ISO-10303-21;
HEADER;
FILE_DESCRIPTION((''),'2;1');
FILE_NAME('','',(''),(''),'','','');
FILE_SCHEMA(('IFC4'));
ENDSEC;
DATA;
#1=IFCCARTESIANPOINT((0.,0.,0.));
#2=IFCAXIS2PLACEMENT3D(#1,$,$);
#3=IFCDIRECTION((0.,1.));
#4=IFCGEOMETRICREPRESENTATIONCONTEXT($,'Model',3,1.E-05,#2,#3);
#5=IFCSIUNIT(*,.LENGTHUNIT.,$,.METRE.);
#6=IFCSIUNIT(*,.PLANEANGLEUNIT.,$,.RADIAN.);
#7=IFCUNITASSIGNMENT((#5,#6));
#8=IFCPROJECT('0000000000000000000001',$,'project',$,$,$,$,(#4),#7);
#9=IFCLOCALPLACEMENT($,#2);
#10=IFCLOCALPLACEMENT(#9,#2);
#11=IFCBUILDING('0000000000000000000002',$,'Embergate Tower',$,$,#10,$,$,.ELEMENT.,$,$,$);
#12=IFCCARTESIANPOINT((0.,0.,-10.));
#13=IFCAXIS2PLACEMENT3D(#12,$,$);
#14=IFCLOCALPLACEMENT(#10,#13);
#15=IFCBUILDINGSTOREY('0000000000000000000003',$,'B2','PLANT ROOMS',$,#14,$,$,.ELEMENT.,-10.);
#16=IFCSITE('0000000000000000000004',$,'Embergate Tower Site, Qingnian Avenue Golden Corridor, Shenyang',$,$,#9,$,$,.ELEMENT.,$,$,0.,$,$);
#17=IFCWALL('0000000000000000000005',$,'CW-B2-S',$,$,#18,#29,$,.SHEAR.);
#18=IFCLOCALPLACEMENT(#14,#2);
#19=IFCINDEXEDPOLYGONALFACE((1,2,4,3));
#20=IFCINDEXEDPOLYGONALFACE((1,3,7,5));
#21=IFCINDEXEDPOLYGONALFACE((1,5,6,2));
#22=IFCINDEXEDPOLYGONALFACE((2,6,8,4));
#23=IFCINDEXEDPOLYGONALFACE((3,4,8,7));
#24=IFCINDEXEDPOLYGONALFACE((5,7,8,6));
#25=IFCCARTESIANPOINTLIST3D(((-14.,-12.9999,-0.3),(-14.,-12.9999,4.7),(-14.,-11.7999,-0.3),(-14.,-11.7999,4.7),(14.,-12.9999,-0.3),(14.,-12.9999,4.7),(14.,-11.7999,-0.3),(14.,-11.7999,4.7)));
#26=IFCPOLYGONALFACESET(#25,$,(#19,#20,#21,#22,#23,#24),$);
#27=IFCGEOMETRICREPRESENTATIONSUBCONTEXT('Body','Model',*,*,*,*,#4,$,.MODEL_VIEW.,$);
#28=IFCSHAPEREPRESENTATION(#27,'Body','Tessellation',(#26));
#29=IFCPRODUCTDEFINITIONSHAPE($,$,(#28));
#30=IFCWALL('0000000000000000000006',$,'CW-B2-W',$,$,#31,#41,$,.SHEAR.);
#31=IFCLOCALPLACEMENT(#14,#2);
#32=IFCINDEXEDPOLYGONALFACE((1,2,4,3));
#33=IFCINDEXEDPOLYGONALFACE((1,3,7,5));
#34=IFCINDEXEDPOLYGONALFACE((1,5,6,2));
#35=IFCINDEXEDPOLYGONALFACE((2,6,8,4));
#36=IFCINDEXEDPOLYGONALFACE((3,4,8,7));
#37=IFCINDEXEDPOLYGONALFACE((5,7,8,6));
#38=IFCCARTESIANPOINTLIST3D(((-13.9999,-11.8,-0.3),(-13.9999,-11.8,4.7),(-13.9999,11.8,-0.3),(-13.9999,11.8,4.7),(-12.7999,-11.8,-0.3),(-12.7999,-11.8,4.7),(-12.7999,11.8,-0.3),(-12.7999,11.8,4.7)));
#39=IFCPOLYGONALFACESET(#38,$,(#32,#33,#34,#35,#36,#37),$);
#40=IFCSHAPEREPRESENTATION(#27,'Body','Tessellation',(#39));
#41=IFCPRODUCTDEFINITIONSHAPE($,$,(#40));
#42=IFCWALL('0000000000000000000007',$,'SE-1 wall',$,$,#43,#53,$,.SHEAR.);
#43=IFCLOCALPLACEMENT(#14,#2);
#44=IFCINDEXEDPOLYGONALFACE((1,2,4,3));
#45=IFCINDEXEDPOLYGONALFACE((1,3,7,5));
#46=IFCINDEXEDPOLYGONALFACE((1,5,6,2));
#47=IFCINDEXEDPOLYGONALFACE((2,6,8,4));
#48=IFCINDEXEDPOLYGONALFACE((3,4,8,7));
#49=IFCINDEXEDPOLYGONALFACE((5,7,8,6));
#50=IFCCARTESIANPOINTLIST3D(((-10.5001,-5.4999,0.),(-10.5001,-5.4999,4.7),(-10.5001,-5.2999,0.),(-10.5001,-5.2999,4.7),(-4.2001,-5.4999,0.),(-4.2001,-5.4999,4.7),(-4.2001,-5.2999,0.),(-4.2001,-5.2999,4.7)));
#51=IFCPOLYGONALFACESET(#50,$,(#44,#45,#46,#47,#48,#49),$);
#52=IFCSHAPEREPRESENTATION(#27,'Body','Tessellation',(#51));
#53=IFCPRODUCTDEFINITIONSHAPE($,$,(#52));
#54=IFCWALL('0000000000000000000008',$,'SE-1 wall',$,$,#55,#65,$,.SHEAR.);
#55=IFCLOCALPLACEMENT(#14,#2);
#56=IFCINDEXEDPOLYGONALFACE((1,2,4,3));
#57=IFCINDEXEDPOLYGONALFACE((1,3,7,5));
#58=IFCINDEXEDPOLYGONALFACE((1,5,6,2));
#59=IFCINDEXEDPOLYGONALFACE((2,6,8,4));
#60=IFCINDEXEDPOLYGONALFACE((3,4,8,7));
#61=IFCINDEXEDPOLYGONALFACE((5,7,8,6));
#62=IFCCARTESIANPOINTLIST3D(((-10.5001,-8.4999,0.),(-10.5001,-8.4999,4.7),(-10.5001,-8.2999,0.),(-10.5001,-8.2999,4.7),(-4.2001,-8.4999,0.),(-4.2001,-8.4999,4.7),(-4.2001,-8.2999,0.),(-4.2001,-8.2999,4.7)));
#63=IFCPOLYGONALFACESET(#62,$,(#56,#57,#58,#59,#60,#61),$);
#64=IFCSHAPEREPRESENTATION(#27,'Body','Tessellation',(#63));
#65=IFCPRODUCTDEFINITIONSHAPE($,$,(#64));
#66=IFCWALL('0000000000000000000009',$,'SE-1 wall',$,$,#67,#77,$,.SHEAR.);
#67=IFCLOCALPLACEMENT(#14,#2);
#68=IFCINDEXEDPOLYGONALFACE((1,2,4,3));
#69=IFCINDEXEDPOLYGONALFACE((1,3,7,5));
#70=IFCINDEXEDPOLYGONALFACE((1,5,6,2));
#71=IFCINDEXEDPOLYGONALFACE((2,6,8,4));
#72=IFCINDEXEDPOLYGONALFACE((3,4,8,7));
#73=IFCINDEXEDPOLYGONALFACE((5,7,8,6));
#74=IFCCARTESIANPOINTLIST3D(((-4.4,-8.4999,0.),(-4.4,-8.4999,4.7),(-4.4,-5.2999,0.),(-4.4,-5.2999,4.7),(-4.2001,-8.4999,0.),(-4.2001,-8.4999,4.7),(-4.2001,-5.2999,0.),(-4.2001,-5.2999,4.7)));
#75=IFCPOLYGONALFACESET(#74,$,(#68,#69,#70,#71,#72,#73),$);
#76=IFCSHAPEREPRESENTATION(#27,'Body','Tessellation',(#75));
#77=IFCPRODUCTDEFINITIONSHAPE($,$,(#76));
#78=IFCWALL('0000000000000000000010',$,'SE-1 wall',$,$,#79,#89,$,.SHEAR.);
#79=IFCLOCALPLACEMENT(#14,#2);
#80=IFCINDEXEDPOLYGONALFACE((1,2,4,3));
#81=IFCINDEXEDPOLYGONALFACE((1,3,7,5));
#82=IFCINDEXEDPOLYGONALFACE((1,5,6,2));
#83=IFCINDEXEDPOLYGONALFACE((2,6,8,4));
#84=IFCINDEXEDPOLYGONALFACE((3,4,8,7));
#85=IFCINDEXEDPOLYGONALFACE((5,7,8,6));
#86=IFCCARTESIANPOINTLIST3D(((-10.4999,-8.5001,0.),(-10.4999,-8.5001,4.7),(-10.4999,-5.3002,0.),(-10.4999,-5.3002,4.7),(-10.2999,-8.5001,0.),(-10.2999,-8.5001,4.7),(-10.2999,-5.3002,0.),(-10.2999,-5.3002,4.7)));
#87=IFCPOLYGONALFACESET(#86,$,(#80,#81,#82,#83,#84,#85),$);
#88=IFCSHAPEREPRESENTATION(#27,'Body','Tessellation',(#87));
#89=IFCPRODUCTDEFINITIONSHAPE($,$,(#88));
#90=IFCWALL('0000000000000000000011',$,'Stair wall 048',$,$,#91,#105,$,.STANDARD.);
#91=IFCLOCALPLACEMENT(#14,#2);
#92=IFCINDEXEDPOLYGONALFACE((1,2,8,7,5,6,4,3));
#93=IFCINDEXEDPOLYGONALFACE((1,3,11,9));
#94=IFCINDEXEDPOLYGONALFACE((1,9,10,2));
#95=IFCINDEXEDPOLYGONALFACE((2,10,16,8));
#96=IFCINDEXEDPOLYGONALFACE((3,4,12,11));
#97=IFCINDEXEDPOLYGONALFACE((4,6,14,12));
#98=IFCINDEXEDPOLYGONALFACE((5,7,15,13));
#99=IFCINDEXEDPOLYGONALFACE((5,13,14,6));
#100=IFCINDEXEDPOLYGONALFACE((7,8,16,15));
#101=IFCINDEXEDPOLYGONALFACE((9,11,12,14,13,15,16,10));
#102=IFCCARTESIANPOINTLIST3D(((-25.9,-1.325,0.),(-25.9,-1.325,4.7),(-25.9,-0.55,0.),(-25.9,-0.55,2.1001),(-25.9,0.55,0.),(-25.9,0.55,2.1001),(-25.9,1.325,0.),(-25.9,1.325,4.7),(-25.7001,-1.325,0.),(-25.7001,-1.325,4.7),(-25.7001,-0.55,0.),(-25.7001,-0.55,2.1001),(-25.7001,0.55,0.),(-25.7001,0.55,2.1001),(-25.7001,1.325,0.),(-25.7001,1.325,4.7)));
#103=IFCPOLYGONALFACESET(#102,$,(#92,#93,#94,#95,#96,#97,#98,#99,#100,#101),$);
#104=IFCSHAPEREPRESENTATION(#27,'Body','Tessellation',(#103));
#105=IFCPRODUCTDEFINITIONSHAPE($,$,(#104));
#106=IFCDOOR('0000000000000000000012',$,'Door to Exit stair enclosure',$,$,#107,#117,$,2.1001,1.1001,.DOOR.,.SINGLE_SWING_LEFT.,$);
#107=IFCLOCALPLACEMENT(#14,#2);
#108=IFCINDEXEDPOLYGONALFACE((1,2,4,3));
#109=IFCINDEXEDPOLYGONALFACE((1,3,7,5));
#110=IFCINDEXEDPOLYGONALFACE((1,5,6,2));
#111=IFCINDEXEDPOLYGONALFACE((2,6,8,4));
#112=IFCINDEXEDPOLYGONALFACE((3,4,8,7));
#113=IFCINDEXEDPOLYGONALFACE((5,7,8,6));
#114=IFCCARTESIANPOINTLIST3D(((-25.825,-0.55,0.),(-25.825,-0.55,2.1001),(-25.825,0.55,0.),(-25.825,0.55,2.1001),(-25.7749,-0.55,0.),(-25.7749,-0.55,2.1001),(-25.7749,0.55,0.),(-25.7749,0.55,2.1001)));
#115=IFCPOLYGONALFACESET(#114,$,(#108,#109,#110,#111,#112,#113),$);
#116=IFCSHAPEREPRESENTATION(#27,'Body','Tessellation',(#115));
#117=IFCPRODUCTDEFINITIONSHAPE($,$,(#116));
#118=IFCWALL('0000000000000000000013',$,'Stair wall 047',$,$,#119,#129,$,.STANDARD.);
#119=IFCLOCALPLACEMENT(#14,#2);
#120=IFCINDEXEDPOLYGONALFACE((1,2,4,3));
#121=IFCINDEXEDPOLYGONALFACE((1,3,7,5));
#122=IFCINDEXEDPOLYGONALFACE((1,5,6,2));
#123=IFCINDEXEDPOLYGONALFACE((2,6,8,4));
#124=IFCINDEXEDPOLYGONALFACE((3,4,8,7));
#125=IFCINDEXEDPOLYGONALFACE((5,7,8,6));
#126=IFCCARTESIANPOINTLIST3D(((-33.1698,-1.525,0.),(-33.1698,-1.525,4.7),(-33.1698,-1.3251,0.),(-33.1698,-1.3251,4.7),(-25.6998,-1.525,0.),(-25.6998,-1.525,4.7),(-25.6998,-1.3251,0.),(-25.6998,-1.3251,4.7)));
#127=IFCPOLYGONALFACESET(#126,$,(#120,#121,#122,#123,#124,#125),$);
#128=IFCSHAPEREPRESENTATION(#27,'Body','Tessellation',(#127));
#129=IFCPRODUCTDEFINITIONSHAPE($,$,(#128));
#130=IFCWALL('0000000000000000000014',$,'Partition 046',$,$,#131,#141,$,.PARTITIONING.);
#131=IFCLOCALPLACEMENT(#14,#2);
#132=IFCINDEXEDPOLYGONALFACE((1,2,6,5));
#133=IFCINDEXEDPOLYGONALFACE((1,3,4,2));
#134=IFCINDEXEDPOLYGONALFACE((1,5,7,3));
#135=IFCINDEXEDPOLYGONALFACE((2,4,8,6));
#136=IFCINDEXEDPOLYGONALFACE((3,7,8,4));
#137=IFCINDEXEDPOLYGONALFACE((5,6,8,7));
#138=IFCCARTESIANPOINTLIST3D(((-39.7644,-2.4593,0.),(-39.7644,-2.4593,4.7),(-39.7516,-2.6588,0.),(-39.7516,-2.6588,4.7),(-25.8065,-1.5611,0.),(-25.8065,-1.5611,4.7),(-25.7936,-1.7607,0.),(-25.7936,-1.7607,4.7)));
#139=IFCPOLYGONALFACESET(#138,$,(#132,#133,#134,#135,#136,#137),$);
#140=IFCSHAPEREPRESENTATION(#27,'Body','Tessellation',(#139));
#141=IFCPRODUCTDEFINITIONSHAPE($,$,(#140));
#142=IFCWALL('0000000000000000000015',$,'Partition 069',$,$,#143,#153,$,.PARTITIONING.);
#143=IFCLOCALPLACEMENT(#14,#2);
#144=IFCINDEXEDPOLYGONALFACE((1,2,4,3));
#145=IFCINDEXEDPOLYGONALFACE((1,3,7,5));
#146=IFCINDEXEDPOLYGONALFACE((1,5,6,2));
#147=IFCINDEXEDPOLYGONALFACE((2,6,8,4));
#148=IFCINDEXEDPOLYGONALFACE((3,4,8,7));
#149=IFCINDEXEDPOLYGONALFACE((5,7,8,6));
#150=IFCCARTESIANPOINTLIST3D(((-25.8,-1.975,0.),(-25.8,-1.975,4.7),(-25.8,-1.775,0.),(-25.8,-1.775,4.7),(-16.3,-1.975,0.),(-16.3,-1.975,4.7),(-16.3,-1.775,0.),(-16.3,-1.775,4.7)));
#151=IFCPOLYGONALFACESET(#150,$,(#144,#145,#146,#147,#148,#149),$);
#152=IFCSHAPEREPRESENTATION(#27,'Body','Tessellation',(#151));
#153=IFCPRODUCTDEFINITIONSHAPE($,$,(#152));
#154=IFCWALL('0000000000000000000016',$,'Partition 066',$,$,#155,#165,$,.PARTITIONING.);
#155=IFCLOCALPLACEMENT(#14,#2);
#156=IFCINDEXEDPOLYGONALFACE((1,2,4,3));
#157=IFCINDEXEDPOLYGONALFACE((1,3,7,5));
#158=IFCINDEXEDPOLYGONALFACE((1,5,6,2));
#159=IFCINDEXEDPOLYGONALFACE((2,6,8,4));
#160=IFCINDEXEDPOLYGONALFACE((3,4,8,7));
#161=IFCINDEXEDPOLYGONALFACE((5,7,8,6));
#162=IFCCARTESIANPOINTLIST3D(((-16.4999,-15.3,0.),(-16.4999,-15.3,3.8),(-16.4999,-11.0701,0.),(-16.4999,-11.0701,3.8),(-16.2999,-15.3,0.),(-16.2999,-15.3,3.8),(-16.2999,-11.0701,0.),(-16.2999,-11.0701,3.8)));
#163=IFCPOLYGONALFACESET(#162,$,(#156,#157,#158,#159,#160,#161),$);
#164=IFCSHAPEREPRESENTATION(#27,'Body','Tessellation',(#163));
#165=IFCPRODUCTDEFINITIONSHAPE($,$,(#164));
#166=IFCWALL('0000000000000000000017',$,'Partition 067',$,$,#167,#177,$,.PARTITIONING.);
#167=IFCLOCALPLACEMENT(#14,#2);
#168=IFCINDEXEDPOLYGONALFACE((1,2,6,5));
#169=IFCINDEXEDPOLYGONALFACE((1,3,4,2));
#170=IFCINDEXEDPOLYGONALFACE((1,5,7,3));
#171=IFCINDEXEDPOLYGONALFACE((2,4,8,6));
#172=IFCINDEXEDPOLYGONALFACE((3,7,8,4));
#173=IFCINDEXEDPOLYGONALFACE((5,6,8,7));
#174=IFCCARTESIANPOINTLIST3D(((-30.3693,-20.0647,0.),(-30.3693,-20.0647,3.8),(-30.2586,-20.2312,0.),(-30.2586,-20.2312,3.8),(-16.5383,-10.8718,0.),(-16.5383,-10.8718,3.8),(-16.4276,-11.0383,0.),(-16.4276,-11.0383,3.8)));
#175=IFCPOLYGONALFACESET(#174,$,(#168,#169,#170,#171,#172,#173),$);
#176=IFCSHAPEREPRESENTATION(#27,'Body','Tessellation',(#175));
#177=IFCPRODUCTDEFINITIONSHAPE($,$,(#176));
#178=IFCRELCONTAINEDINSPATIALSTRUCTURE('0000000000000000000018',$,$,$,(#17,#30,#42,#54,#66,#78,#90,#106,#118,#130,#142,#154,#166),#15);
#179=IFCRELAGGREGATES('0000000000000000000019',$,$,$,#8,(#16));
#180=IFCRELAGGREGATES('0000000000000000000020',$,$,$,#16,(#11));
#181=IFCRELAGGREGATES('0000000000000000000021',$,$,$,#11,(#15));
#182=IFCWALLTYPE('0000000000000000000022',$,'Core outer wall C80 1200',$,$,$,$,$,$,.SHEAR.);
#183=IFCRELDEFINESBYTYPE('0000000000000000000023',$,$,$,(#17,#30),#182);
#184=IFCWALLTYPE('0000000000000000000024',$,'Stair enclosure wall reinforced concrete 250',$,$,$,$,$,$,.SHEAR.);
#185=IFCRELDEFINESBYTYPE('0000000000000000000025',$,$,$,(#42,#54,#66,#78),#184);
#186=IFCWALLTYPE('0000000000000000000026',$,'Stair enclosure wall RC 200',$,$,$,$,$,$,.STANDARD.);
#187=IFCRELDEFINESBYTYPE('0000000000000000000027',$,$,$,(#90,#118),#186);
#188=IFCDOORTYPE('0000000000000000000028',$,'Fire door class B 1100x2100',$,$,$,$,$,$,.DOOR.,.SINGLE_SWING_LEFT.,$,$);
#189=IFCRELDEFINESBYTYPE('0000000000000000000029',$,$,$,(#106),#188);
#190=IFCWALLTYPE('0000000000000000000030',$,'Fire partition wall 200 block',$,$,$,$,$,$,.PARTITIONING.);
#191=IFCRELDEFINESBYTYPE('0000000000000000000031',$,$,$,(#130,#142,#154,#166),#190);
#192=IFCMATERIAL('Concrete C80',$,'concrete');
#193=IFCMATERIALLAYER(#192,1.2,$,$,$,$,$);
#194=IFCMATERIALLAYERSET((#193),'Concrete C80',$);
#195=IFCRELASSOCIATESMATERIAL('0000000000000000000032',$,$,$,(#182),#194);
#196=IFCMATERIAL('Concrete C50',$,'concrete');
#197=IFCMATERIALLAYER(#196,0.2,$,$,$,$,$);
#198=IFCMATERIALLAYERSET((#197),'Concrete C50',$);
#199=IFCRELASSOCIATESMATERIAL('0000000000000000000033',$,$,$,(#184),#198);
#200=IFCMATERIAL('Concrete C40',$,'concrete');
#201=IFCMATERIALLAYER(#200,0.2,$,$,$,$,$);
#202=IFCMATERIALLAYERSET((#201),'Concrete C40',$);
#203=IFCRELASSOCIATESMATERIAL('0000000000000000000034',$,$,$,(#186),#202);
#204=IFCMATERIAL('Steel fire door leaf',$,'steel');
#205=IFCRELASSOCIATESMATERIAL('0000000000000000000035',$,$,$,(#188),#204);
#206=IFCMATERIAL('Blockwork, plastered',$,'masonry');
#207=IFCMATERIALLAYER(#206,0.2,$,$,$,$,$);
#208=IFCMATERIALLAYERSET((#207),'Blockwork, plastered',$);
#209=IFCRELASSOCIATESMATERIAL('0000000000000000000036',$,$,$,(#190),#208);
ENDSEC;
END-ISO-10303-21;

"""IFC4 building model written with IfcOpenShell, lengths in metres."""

from ifc_helpers import new_model, si_unit, direction, frame, frame_2d, origin, place, context, subcontext, project, spatial, rectangle, extrude, source, transform, mapped, material, layer, layer_set, type_object, element, fill, save


model = new_model("IFC4")

# Units and contexts
model_context = context("Model", 3, precision=1e-05, world=origin(), true_north=direction((0.0, 1.0)))
body_context = subcontext(model_context, "Body", "Model", "MODEL_VIEW")
ifc_project = project(units=[si_unit("LENGTHUNIT", "METRE"), si_unit("PLANEANGLEUNIT", "RADIAN")], contexts=[model_context])

# Site, building, storey
site_placement = place(None, origin())
site = spatial("IfcSite", under=ifc_project, at=site_placement, Name="Embergate Tower Site, Qingnian Avenue Golden Corridor, Shenyang", CompositionType="ELEMENT", RefElevation=0.0)
building_placement = place(site_placement, origin())
building = spatial("IfcBuilding", under=site, at=building_placement, Name="Embergate Tower", CompositionType="ELEMENT")
storey_placement = place(building_placement, frame((0.0, 0.0, -10.0)))
storey = spatial("IfcBuildingStorey", under=building, at=storey_placement, Name="B2", Description="PLANT ROOMS", CompositionType="ELEMENT", Elevation=-10.0)

# Shared definitions
ifc_material_1 = material(Name="Concrete C40", Category="concrete")

# Walls
ifc_material_2 = material(Name="Concrete C80", Category="concrete")
ifc_layer_1 = layer(ifc_material_2, 1.2)
ifc_layer_set_1 = layer_set([ifc_layer_1], Name="Concrete C80")
wall_type_1 = type_object("IfcWallType", Name="Core outer wall C80 1200", PredefinedType="SHEAR", material=ifc_layer_set_1)
shared_shape_1 = source(origin(), body_context, "Body", "SweptSolid", [
    extrude(rectangle(XDim=28.0, YDim=1.2, at=frame_2d((14.0, 0.0))), origin(), (0.0, 0.0, 1.0), 5.0),
])
wall_1_placement = place(storey_placement, frame((-14.0, -12.3999, -0.3), z_axis=(0.0, 0.0, 1.0), x_axis=(1.0, 0.0, 0.0)))
element("IfcWall", 1, at=wall_1_placement, inside=storey, type_object=wall_type_1, Name="CW-B2-S", PredefinedType="SHEAR", context=body_context, shape_type="MappedRepresentation", body=[
    mapped(shared_shape_1, transform((0.0, 0.0, 0.0))),
])
shared_shape_2 = source(origin(), body_context, "Body", "SweptSolid", [
    extrude(rectangle(XDim=23.6001, YDim=1.2, at=frame_2d((11.8, 0.0))), origin(), (0.0, 0.0, 1.0), 5.0),
])
wall_2_placement = place(storey_placement, frame((-13.3999, -11.8, -0.3), z_axis=(0.0, 0.0, 1.0), x_axis=(0.0, 1.0, 0.0)))
element("IfcWall", 2, at=wall_2_placement, inside=storey, type_object=wall_type_1, Name="CW-B2-W", PredefinedType="SHEAR", context=body_context, shape_type="MappedRepresentation", body=[
    mapped(shared_shape_2, transform((0.0, 0.0, 0.0))),
])
ifc_material_3 = material(Name="Concrete C50", Category="concrete")
ifc_layer_2 = layer(ifc_material_3, 0.2)
ifc_layer_set_2 = layer_set([ifc_layer_2], Name="Concrete C50")
wall_type_2 = type_object("IfcWallType", Name="Stair enclosure wall reinforced concrete 250", PredefinedType="SHEAR", material=ifc_layer_set_2)
shared_shape_3 = source(origin(), body_context, "Body", "SweptSolid", [
    extrude(rectangle(XDim=6.3, YDim=0.2, at=frame_2d((3.1499, 0.0))), origin(), (0.0, 0.0, 1.0), 4.7),
])
for number, where, z_axis, x_axis, name in (
    (3, (-10.5, -5.3999, 0.0), (0.0, 0.0, 1.0), (1.0, 0.0, 0.0), "SE-1 wall"),
    (4, (-10.5, -8.3999, 0.0), (0.0, 0.0, 1.0), (1.0, 0.0, 0.0), "SE-1 wall"),
):
    element("IfcWall", number, at=place(storey_placement, frame(where, z_axis=z_axis, x_axis=x_axis)), inside=storey, type_object=wall_type_2, Name=name, PredefinedType="SHEAR", context=body_context, shape_type="MappedRepresentation", body=[
        mapped(shared_shape_3, transform((0.0, 0.0, 0.0))),
    ])
shared_shape_4 = source(origin(), body_context, "Body", "SweptSolid", [
    extrude(rectangle(XDim=3.2, YDim=0.2, at=frame_2d((1.6001, 0.0))), origin(), (0.0, 0.0, 1.0), 4.7),
])
for number, where, z_axis, x_axis, name in (
    (5, (-4.3, -8.5, 0.0), (0.0, 0.0, 1.0), (0.0, 1.0, 0.0), "SE-1 wall"),
    (6, (-10.3999, -5.3, 0.0), (0.0, 0.0, 1.0), (0.0, -1.0, 0.0), "SE-1 wall"),
):
    element("IfcWall", number, at=place(storey_placement, frame(where, z_axis=z_axis, x_axis=x_axis)), inside=storey, type_object=wall_type_2, Name=name, PredefinedType="SHEAR", context=body_context, shape_type="MappedRepresentation", body=[
        mapped(shared_shape_4, transform((0.0, 0.0, 0.0))),
    ])

# Wall, opening, door
ifc_layer_3 = layer(ifc_material_1, 0.2)
ifc_layer_set_3 = layer_set([ifc_layer_3], Name="Concrete C40")
wall_type_3 = type_object("IfcWallType", Name="Stair enclosure wall RC 200", PredefinedType="STANDARD", material=ifc_layer_set_3)
shared_shape_5 = source(origin(), body_context, "Body", "SweptSolid", [
    extrude(rectangle(XDim=2.6499, YDim=0.2, at=frame_2d((1.325, 0.0))), origin(), (0.0, 0.0, 1.0), 4.7),
])
wall_3_placement = place(storey_placement, frame((-25.8, -1.325, 0.0), z_axis=(0.0, 0.0, 1.0), x_axis=(0.0, 1.0, 0.0)))
wall_3 = element("IfcWall", 7, at=wall_3_placement, inside=storey, type_object=wall_type_3, Name="Stair wall 048", PredefinedType="STANDARD", context=body_context, shape_type="MappedRepresentation", body=[
    mapped(shared_shape_5, transform((0.0, 0.0, 0.0))),
])
shared_shape_6 = source(origin(), body_context, "Body", "SweptSolid", [
    extrude(rectangle(XDim=1.1001, YDim=2.1001, at=frame_2d((0.55, 1.05))), frame((0.0, 0.1099, 0.0), z_axis=(0.0, -1.0, 0.0), x_axis=(1.0, 0.0, 0.0)), (0.0, 0.0, 1.0), 0.22),
])
opening_1_placement = place(wall_3_placement, frame((0.7749, 0.0, 0.0)))
opening_1 = element("IfcOpeningElement", 8, at=opening_1_placement, cuts=wall_3, PredefinedType="OPENING", context=body_context, shape_type="MappedRepresentation", body=[
    mapped(shared_shape_6, transform((0.0, 0.0, 0.0))),
])
ifc_material_4 = material(Name="Steel fire door leaf", Category="steel")
door_type_1 = type_object("IfcDoorType", Name="Fire door class B 1100x2100", OperationType="SINGLE_SWING_LEFT", PredefinedType="DOOR", material=ifc_material_4)
shared_shape_7 = source(origin(), body_context, "Body", "SweptSolid", [
    extrude(rectangle(XDim=1.1001, YDim=2.1001, at=frame_2d((0.55, 1.05))), frame((0.0, 0.0249, 0.0), z_axis=(0.0, -1.0, 0.0), x_axis=(1.0, 0.0, 0.0)), (0.0, 0.0, 1.0), 0.05),
])
door_1_placement = place(opening_1_placement, origin())
door_1 = element("IfcDoor", 9, at=door_1_placement, inside=storey, type_object=door_type_1, Name="Door to Exit stair enclosure", OperationType="SINGLE_SWING_LEFT", OverallHeight=2.1001, OverallWidth=1.1001, PredefinedType="DOOR", context=body_context, shape_type="MappedRepresentation", body=[
    mapped(shared_shape_7, transform((0.0, 0.0, 0.0))),
])
fill(opening_1, door_1)

# Walls
shared_shape_8 = source(origin(), body_context, "Body", "SweptSolid", [
    extrude(rectangle(XDim=7.47, YDim=0.2, at=frame_2d((3.7349, 0.0))), origin(), (0.0, 0.0, 1.0), 4.7),
])
wall_4_placement = place(storey_placement, frame((-25.7, -1.425, 0.0), z_axis=(0.0, 0.0, 1.0), x_axis=(-1.0, 0.0, 0.0)))
element("IfcWall", 10, at=wall_4_placement, inside=storey, type_object=wall_type_3, Name="Stair wall 047", PredefinedType="STANDARD", context=body_context, shape_type="MappedRepresentation", body=[
    mapped(shared_shape_8, transform((0.0, 0.0, 0.0))),
])
ifc_material_5 = material(Name="Blockwork, plastered", Category="masonry")
ifc_layer_4 = layer(ifc_material_5, 0.2)
ifc_layer_set_4 = layer_set([ifc_layer_4], Name="Blockwork, plastered")
wall_type_4 = type_object("IfcWallType", Name="Fire partition wall 200 block", PredefinedType="PARTITIONING", material=ifc_layer_set_4)
shared_shape_9 = source(origin(), body_context, "Body", "SweptSolid", [
    extrude(rectangle(XDim=13.9868, YDim=0.2, at=frame_2d((6.9934, 0.0))), origin(), (0.0, 0.0, 1.0), 4.7),
])
wall_5_placement = place(storey_placement, frame((-25.8, -1.6609, 0.0), z_axis=(0.0, 0.0, 1.0), x_axis=(-0.997936, -0.064217, 0.0)))
element("IfcWall", 11, at=wall_5_placement, inside=storey, type_object=wall_type_4, Name="Partition 046", PredefinedType="PARTITIONING", context=body_context, shape_type="MappedRepresentation", body=[
    mapped(shared_shape_9, transform((0.0, 0.0, 0.0))),
])
shared_shape_10 = source(origin(), body_context, "Body", "SweptSolid", [
    extrude(rectangle(XDim=9.5, YDim=0.2, at=frame_2d((4.75, 0.0))), origin(), (0.0, 0.0, 1.0), 4.7),
])
wall_6_placement = place(storey_placement, frame((-16.3, -1.875, 0.0), z_axis=(0.0, 0.0, 1.0), x_axis=(-1.0, 0.0, 0.0)))
element("IfcWall", 12, at=wall_6_placement, inside=storey, type_object=wall_type_4, Name="Partition 069", PredefinedType="PARTITIONING", context=body_context, shape_type="MappedRepresentation", body=[
    mapped(shared_shape_10, transform((0.0, 0.0, 0.0))),
])
shared_shape_11 = source(origin(), body_context, "Body", "SweptSolid", [
    extrude(rectangle(XDim=4.23, YDim=0.2, at=frame_2d((2.115, 0.0))), origin(), (0.0, 0.0, 1.0), 3.8),
])
wall_7_placement = place(storey_placement, frame((-16.3999, -15.3, 0.0), z_axis=(0.0, 0.0, 1.0), x_axis=(0.0, 1.0, 0.0)))
element("IfcWall", 13, at=wall_7_placement, inside=storey, type_object=wall_type_4, Name="Partition 066", PredefinedType="PARTITIONING", context=body_context, shape_type="MappedRepresentation", body=[
    mapped(shared_shape_11, transform((0.0, 0.0, 0.0))),
])
shared_shape_12 = source(origin(), body_context, "Body", "SweptSolid", [
    extrude(rectangle(XDim=16.6074, YDim=0.2, at=frame_2d((8.3037, 0.0))), origin(), (0.0, 0.0, 1.0), 3.8),
])
wall_8_placement = place(storey_placement, frame((-16.4829, -10.9551, 0.0), z_axis=(0.0, 0.0, 1.0), x_axis=(-0.832823, -0.553539, 0.0)))
element("IfcWall", 14, at=wall_8_placement, inside=storey, type_object=wall_type_4, Name="Partition 067", PredefinedType="PARTITIONING", context=body_context, shape_type="MappedRepresentation", body=[
    mapped(shared_shape_12, transform((0.0, 0.0, 0.0))),
])

save(model, "model.ifc")
